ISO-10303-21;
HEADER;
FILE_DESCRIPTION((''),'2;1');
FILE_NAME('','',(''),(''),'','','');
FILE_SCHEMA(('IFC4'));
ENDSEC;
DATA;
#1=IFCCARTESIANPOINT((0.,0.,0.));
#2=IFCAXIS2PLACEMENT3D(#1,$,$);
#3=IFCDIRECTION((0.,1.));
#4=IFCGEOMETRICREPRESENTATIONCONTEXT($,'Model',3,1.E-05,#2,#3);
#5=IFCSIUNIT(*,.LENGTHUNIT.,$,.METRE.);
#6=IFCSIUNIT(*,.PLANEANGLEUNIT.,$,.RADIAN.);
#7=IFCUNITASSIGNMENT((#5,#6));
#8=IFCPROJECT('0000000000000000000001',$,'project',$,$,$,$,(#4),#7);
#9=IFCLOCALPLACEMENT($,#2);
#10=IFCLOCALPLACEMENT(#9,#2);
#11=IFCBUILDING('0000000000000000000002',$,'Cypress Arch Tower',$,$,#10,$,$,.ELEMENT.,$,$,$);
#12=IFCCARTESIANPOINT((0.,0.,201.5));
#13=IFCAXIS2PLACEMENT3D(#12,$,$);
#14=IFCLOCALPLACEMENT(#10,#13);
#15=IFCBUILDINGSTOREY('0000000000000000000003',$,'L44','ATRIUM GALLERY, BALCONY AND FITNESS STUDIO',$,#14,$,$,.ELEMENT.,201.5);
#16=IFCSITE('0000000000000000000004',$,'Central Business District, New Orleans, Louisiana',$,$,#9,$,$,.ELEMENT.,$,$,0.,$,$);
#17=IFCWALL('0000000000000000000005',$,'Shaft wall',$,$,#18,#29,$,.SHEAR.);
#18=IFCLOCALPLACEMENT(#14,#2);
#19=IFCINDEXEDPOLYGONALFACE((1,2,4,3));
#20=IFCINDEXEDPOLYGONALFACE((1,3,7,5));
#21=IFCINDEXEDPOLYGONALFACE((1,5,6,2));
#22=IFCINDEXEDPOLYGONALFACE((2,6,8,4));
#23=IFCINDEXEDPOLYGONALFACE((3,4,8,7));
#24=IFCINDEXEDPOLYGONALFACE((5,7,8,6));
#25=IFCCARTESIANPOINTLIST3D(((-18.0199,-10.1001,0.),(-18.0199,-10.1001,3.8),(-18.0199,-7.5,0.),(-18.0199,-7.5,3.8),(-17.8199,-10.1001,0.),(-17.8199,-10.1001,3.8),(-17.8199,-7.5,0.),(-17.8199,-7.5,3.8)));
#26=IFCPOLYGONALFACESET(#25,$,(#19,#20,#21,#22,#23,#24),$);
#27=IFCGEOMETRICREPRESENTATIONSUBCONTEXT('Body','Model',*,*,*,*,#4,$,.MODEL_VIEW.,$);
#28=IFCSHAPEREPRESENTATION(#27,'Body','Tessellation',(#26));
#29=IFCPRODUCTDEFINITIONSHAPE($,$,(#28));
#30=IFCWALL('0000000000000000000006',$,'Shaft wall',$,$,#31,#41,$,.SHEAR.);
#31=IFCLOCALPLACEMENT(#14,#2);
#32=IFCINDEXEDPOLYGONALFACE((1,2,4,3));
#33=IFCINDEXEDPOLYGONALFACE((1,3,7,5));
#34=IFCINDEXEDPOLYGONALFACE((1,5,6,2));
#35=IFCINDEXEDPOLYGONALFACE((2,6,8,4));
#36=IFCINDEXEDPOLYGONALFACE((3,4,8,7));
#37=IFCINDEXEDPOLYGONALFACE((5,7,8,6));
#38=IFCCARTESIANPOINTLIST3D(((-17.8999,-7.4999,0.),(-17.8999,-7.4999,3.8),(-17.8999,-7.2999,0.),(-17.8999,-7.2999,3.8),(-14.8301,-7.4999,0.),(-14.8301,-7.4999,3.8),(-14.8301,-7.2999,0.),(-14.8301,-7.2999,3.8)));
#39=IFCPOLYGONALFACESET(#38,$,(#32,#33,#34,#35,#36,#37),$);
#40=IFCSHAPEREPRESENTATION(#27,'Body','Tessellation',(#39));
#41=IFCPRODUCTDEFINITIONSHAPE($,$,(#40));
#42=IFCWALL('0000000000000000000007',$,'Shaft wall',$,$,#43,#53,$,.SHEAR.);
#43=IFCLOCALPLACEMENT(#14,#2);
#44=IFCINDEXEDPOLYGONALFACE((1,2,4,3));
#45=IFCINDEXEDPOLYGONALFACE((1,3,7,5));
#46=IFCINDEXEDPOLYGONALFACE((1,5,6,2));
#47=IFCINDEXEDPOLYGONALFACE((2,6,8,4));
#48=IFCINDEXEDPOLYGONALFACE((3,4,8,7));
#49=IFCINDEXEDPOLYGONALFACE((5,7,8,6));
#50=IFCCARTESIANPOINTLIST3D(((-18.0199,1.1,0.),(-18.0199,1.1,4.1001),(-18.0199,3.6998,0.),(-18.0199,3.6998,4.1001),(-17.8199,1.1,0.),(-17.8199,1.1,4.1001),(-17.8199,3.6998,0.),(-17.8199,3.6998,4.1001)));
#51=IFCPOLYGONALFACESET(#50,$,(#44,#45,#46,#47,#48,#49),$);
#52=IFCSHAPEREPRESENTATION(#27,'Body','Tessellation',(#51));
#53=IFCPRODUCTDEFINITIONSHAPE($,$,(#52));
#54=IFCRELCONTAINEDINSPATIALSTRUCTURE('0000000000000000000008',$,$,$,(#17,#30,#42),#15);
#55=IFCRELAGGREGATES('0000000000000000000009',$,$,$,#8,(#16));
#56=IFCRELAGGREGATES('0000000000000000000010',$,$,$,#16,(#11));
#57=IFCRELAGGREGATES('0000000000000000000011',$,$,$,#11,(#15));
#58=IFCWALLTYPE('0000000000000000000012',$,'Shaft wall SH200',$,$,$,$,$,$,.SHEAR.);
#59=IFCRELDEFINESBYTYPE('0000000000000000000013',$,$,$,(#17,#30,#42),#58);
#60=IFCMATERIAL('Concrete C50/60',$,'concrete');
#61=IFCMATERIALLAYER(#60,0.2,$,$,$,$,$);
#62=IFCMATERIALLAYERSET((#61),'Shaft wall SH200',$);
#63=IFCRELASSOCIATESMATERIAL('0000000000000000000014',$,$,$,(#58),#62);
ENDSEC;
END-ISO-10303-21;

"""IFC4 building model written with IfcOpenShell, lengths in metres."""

from ifc_helpers import new_model, si_unit, direction, frame, frame_2d, origin, place, context, subcontext, project, spatial, rectangle, extrude, material, layer, layer_set, type_object, element, save


model = new_model("IFC4")

# Units and contexts
model_context = context("Model", 3, precision=1e-05, world=origin(), true_north=direction((0.0, 1.0)))
body_context = subcontext(model_context, "Body", "Model", "MODEL_VIEW")
ifc_project = project(units=[si_unit("LENGTHUNIT", "METRE"), si_unit("PLANEANGLEUNIT", "RADIAN")], contexts=[model_context])

# Site, building, storey
site_placement = place(None, origin())
site = spatial("IfcSite", under=ifc_project, at=site_placement, Name="Central Business District, New Orleans, Louisiana", CompositionType="ELEMENT", RefElevation=0.0)
building_placement = place(site_placement, origin())
building = spatial("IfcBuilding", under=site, at=building_placement, Name="Cypress Arch Tower", CompositionType="ELEMENT")
storey_placement = place(building_placement, frame((0.0, 0.0, 201.5)))
storey = spatial("IfcBuildingStorey", under=building, at=storey_placement, Name="L44", Description="ATRIUM GALLERY, BALCONY AND FITNESS STUDIO", CompositionType="ELEMENT", Elevation=201.5)

# Walls
ifc_material_1 = material(Name="Concrete C50/60", Category="concrete")
ifc_layer_1 = layer(ifc_material_1, 0.2)
ifc_layer_set_1 = layer_set([ifc_layer_1], Name="Shaft wall SH200")
wall_type_1 = type_object("IfcWallType", Name="Shaft wall SH200", PredefinedType="SHEAR", material=ifc_layer_set_1)
wall_1_placement = place(storey_placement, frame((-17.9199, -10.1001, 0.0), z_axis=(0.0, 0.0, 1.0), x_axis=(0.0, 1.0, 0.0)))
element("IfcWall", 1, at=wall_1_placement, inside=storey, type_object=wall_type_1, Name="Shaft wall", PredefinedType="SHEAR", context=body_context, shape_type="SweptSolid", body=[
    extrude(rectangle(XDim=2.6001, YDim=0.2, at=frame_2d((1.3, 0.0))), origin(), (0.0, 0.0, 1.0), 3.8),
])
wall_2_placement = place(storey_placement, frame((-17.8999, -7.3999, 0.0), z_axis=(0.0, 0.0, 1.0), x_axis=(1.0, 0.0, 0.0)))
element("IfcWall", 2, at=wall_2_placement, inside=storey, type_object=wall_type_1, Name="Shaft wall", PredefinedType="SHEAR", context=body_context, shape_type="SweptSolid", body=[
    extrude(rectangle(XDim=3.0698, YDim=0.2, at=frame_2d((1.5349, 0.0))), origin(), (0.0, 0.0, 1.0), 3.8),
])
wall_3_placement = place(storey_placement, frame((-17.9199, 1.1001, 0.0), z_axis=(0.0, 0.0, 1.0), x_axis=(0.0, 1.0, 0.0)))
element("IfcWall", 3, at=wall_3_placement, inside=storey, type_object=wall_type_1, Name="Shaft wall", PredefinedType="SHEAR", context=body_context, shape_type="SweptSolid", body=[
    extrude(rectangle(XDim=2.5999, YDim=0.2, at=frame_2d((1.2998, 0.0))), origin(), (0.0, 0.0, 1.0), 4.1001),
])

save(model, "model.ifc")
